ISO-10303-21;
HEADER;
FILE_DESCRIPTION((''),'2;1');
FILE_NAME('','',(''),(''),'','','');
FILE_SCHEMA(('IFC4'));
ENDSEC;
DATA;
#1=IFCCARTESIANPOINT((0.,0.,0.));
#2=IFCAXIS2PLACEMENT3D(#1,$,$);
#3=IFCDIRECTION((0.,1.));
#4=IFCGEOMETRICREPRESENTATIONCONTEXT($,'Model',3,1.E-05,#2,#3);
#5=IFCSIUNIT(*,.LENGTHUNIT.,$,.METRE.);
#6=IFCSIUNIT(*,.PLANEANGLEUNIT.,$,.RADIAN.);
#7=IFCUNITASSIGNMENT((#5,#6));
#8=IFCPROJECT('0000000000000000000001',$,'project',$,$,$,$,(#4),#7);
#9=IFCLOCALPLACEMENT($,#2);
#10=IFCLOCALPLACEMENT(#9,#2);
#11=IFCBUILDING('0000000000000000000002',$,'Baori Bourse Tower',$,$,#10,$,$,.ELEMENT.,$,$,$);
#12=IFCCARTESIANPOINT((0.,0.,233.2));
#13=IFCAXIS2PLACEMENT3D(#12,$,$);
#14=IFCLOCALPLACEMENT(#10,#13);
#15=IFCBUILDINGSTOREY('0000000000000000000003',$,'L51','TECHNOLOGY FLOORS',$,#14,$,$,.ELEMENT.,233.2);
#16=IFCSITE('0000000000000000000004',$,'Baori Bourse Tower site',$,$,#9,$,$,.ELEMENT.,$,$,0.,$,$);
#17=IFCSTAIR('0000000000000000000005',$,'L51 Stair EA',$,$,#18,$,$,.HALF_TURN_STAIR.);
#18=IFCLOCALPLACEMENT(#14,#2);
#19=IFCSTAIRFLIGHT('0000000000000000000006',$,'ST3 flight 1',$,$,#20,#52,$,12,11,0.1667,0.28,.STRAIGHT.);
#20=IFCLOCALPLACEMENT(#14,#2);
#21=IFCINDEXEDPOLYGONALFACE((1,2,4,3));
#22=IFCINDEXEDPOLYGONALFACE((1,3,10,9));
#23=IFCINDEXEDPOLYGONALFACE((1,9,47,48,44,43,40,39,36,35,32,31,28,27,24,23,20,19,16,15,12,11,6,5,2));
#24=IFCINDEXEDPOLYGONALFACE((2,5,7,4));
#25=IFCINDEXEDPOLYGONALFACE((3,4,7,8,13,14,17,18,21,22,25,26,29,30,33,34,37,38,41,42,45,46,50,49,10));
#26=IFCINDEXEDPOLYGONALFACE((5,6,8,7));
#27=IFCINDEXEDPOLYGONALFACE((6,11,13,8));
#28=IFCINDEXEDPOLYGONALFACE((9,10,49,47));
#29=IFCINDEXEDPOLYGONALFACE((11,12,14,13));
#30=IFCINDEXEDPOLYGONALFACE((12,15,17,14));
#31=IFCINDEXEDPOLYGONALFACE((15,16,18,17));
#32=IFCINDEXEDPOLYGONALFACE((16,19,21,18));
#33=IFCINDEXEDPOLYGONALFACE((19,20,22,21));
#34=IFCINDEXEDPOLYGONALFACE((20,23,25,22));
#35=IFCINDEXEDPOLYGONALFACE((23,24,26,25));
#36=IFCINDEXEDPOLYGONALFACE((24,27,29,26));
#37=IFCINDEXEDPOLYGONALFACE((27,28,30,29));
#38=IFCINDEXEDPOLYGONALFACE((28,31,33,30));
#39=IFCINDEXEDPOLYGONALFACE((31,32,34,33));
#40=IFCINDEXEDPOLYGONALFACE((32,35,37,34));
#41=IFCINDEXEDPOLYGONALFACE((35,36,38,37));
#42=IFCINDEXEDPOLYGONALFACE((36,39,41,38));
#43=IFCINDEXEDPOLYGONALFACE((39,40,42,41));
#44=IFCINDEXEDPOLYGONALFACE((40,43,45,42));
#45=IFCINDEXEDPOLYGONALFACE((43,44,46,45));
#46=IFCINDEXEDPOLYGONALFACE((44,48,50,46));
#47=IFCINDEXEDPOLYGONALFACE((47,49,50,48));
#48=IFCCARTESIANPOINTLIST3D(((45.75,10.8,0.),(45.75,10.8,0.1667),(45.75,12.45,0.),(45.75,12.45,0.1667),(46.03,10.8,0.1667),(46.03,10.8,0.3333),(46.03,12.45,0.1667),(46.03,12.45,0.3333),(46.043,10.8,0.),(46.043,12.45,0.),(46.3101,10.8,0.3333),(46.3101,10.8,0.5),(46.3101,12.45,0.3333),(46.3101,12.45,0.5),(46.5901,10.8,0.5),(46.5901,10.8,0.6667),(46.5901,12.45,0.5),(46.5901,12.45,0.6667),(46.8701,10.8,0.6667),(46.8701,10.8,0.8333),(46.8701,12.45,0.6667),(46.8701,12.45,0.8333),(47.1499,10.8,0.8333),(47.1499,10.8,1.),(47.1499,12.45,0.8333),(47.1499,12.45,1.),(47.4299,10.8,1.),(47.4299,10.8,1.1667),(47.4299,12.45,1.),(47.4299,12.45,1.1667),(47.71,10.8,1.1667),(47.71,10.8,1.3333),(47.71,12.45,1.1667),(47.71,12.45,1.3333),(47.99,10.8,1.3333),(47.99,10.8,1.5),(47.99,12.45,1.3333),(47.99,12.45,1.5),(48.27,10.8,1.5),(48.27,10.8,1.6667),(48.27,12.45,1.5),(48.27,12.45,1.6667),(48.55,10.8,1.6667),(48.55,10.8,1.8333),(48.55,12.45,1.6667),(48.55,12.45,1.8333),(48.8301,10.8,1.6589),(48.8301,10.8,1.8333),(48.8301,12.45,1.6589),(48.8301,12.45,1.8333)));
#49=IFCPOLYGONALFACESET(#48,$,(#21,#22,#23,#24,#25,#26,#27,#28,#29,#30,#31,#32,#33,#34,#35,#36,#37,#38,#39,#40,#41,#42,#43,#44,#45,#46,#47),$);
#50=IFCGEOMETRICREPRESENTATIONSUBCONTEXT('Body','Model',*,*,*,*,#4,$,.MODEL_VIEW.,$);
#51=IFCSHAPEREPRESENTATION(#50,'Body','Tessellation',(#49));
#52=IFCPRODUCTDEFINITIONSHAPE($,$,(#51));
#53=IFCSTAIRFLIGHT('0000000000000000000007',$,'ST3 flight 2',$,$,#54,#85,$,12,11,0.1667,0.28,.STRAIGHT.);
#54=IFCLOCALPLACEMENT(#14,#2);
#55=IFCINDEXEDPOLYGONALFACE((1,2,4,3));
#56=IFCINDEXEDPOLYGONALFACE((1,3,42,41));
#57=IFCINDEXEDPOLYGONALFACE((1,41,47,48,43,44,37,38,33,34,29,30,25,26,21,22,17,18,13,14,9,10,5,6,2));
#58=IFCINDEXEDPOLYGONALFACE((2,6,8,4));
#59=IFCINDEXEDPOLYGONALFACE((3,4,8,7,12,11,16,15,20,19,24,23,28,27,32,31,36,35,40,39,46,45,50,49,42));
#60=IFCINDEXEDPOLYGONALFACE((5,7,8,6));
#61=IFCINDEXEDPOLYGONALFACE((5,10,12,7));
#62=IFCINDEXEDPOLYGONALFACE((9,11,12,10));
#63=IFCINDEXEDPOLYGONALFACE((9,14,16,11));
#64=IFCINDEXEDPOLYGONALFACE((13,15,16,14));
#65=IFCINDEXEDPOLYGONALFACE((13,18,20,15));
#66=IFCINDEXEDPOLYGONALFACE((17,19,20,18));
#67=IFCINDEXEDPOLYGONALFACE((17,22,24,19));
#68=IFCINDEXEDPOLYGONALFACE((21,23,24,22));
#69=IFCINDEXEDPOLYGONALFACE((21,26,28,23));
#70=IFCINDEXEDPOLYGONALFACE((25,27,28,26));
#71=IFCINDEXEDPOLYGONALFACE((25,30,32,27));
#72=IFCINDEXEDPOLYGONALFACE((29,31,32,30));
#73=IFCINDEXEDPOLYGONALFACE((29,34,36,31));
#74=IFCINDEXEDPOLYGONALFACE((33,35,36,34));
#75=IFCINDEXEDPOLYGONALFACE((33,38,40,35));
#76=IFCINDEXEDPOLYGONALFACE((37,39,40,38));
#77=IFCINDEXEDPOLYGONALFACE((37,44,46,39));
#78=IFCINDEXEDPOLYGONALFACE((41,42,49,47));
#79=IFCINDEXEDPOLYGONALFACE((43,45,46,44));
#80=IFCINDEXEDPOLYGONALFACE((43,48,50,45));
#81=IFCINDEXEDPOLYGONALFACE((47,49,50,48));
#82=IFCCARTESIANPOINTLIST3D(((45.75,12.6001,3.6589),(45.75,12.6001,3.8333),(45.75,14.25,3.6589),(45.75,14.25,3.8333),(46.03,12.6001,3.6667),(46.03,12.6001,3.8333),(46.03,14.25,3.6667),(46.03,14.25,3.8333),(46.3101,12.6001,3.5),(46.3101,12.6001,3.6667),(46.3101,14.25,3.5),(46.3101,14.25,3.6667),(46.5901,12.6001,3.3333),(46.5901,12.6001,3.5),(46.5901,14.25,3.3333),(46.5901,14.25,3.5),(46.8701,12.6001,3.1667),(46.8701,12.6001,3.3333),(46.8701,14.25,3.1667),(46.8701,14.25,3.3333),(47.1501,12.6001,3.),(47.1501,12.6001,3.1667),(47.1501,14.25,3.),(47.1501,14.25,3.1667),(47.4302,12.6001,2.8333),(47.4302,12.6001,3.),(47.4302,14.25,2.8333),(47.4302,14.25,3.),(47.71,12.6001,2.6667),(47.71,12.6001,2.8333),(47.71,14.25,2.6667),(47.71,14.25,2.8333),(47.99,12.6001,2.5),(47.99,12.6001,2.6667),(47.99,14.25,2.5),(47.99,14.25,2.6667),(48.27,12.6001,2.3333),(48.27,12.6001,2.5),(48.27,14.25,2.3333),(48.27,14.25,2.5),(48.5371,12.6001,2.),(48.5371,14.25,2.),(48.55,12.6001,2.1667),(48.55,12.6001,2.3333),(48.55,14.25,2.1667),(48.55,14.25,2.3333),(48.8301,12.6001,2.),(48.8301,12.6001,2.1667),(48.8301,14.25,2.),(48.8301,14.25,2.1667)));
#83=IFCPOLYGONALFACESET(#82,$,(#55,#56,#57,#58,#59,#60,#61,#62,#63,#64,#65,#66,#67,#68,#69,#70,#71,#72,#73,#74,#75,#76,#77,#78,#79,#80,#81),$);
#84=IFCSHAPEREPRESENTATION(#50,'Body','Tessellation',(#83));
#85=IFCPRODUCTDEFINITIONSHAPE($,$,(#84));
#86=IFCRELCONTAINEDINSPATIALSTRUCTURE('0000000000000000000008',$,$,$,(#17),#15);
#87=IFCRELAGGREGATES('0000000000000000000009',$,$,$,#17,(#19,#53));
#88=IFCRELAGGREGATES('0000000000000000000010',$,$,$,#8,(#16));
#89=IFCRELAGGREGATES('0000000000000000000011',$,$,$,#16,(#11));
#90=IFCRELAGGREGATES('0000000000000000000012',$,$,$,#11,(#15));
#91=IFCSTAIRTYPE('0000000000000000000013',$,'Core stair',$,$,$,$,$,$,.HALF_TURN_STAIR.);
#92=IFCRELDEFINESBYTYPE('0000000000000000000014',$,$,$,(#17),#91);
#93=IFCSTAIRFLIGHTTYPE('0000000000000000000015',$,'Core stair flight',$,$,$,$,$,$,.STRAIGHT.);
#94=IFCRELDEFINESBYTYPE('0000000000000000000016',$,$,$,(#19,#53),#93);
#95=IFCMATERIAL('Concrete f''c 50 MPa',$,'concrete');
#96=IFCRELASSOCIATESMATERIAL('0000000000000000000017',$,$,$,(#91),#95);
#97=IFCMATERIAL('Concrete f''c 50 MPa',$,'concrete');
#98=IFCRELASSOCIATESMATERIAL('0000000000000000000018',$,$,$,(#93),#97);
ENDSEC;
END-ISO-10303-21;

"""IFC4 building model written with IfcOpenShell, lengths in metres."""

from ifc_helpers import new_model, si_unit, direction, frame, origin, place, context, subcontext, project, spatial, polyline, outline, extrude, material, type_object, element, aggregate, save


model = new_model("IFC4")

# Units and contexts
model_context = context("Model", 3, precision=1e-05, world=origin(), true_north=direction((0.0, 1.0)))
body_context = subcontext(model_context, "Body", "Model", "MODEL_VIEW")
ifc_project = project(units=[si_unit("LENGTHUNIT", "METRE"), si_unit("PLANEANGLEUNIT", "RADIAN")], contexts=[model_context])

# Site, building, storey
site_placement = place(None, origin())
site = spatial("IfcSite", under=ifc_project, at=site_placement, Name="Baori Bourse Tower site", CompositionType="ELEMENT", RefElevation=0.0)
building_placement = place(site_placement, origin())
building = spatial("IfcBuilding", under=site, at=building_placement, Name="Baori Bourse Tower", CompositionType="ELEMENT")
storey_placement = place(building_placement, frame((0.0, 0.0, 233.2)))
storey = spatial("IfcBuildingStorey", under=building, at=storey_placement, Name="L51", Description="TECHNOLOGY FLOORS", CompositionType="ELEMENT", Elevation=233.2)

# Stair, stair flights
ifc_material_1 = material(Name="Concrete f'c 50 MPa", Category="concrete")
stair_type = type_object("IfcStairType", Name="Core stair", PredefinedType="HALF_TURN_STAIR", material=ifc_material_1)
stair_placement = place(storey_placement, origin())
stair = element("IfcStair", 1, at=stair_placement, inside=storey, type_object=stair_type, Name="L51 Stair EA", PredefinedType="HALF_TURN_STAIR")
ifc_material_2 = material(Name="Concrete f'c 50 MPa", Category="concrete")
stair_flight_type = type_object("IfcStairFlightType", Name="Core stair flight", PredefinedType="STRAIGHT", material=ifc_material_2)
stair_flight_1_placement = place(storey_placement, frame((45.75, 11.625, 0.0), z_axis=(0.0, 0.0, 1.0), x_axis=(1.0, 0.0, 0.0)))
stair_flight_1 = element("IfcStairFlight", 2, at=stair_flight_1_placement, type_object=stair_flight_type, Name="ST3 flight 1", NumberOfRisers=12, NumberOfTreads=11, PredefinedType="STRAIGHT", RiserHeight=0.1667, TreadLength=0.28, context=body_context, shape_type="SweptSolid", body=[
    extrude(outline(polyline([(0.0, 0.0), (0.0, 0.1667), (0.28, 0.1667), (0.28, 0.3333), (0.5601, 0.3333), (0.5601, 0.5), (0.8401, 0.5), (0.8401, 0.6667), (1.1201, 0.6667), (1.1201, 0.8333), (1.3999, 0.8333), (1.3999, 1.0), (1.6799, 1.0), (1.6799, 1.1667), (1.96, 1.1667), (1.96, 1.3333), (2.24, 1.3333), (2.24, 1.5), (2.52, 1.5), (2.52, 1.6667), (2.8, 1.6667), (2.8, 1.8333), (3.0801, 1.8333), (3.0801, 2.0), (3.0801, 1.6589), (0.293, 0.0), (0.0, 0.0)])), frame((0.0, 0.825, 0.0), z_axis=(0.0, -1.0, 0.0), x_axis=(1.0, 0.0, 0.0)), (0.0, 0.0, 1.0), 1.6499),
])
stair_flight_2_placement = place(storey_placement, frame((48.8301, 13.425, 2.0), z_axis=(0.0, 0.0, 1.0), x_axis=(-1.0, 0.0, 0.0)))
stair_flight_2 = element("IfcStairFlight", 3, at=stair_flight_2_placement, type_object=stair_flight_type, Name="ST3 flight 2", NumberOfRisers=12, NumberOfTreads=11, PredefinedType="STRAIGHT", RiserHeight=0.1667, TreadLength=0.28, context=body_context, shape_type="SweptSolid", body=[
    extrude(outline(polyline([(0.0, 0.0), (0.0, 0.1667), (0.28, 0.1667), (0.28, 0.3333), (0.5601, 0.3333), (0.5601, 0.5), (0.8401, 0.5), (0.8401, 0.6667), (1.1201, 0.6667), (1.1201, 0.8333), (1.3999, 0.8333), (1.3999, 1.0), (1.6799, 1.0), (1.6799, 1.1667), (1.96, 1.1667), (1.96, 1.3333), (2.24, 1.3333), (2.24, 1.5), (2.52, 1.5), (2.52, 1.6667), (2.8, 1.6667), (2.8, 1.8333), (3.0801, 1.8333), (3.0801, 2.0), (3.0801, 1.6589), (0.293, 0.0), (0.0, 0.0)])), frame((0.0, 0.825, 0.0), z_axis=(0.0, -1.0, 0.0), x_axis=(1.0, 0.0, 0.0)), (0.0, 0.0, 1.0), 1.6499),
])
aggregate(stair, [stair_flight_1, stair_flight_2])

save(model, "model.ifc")
